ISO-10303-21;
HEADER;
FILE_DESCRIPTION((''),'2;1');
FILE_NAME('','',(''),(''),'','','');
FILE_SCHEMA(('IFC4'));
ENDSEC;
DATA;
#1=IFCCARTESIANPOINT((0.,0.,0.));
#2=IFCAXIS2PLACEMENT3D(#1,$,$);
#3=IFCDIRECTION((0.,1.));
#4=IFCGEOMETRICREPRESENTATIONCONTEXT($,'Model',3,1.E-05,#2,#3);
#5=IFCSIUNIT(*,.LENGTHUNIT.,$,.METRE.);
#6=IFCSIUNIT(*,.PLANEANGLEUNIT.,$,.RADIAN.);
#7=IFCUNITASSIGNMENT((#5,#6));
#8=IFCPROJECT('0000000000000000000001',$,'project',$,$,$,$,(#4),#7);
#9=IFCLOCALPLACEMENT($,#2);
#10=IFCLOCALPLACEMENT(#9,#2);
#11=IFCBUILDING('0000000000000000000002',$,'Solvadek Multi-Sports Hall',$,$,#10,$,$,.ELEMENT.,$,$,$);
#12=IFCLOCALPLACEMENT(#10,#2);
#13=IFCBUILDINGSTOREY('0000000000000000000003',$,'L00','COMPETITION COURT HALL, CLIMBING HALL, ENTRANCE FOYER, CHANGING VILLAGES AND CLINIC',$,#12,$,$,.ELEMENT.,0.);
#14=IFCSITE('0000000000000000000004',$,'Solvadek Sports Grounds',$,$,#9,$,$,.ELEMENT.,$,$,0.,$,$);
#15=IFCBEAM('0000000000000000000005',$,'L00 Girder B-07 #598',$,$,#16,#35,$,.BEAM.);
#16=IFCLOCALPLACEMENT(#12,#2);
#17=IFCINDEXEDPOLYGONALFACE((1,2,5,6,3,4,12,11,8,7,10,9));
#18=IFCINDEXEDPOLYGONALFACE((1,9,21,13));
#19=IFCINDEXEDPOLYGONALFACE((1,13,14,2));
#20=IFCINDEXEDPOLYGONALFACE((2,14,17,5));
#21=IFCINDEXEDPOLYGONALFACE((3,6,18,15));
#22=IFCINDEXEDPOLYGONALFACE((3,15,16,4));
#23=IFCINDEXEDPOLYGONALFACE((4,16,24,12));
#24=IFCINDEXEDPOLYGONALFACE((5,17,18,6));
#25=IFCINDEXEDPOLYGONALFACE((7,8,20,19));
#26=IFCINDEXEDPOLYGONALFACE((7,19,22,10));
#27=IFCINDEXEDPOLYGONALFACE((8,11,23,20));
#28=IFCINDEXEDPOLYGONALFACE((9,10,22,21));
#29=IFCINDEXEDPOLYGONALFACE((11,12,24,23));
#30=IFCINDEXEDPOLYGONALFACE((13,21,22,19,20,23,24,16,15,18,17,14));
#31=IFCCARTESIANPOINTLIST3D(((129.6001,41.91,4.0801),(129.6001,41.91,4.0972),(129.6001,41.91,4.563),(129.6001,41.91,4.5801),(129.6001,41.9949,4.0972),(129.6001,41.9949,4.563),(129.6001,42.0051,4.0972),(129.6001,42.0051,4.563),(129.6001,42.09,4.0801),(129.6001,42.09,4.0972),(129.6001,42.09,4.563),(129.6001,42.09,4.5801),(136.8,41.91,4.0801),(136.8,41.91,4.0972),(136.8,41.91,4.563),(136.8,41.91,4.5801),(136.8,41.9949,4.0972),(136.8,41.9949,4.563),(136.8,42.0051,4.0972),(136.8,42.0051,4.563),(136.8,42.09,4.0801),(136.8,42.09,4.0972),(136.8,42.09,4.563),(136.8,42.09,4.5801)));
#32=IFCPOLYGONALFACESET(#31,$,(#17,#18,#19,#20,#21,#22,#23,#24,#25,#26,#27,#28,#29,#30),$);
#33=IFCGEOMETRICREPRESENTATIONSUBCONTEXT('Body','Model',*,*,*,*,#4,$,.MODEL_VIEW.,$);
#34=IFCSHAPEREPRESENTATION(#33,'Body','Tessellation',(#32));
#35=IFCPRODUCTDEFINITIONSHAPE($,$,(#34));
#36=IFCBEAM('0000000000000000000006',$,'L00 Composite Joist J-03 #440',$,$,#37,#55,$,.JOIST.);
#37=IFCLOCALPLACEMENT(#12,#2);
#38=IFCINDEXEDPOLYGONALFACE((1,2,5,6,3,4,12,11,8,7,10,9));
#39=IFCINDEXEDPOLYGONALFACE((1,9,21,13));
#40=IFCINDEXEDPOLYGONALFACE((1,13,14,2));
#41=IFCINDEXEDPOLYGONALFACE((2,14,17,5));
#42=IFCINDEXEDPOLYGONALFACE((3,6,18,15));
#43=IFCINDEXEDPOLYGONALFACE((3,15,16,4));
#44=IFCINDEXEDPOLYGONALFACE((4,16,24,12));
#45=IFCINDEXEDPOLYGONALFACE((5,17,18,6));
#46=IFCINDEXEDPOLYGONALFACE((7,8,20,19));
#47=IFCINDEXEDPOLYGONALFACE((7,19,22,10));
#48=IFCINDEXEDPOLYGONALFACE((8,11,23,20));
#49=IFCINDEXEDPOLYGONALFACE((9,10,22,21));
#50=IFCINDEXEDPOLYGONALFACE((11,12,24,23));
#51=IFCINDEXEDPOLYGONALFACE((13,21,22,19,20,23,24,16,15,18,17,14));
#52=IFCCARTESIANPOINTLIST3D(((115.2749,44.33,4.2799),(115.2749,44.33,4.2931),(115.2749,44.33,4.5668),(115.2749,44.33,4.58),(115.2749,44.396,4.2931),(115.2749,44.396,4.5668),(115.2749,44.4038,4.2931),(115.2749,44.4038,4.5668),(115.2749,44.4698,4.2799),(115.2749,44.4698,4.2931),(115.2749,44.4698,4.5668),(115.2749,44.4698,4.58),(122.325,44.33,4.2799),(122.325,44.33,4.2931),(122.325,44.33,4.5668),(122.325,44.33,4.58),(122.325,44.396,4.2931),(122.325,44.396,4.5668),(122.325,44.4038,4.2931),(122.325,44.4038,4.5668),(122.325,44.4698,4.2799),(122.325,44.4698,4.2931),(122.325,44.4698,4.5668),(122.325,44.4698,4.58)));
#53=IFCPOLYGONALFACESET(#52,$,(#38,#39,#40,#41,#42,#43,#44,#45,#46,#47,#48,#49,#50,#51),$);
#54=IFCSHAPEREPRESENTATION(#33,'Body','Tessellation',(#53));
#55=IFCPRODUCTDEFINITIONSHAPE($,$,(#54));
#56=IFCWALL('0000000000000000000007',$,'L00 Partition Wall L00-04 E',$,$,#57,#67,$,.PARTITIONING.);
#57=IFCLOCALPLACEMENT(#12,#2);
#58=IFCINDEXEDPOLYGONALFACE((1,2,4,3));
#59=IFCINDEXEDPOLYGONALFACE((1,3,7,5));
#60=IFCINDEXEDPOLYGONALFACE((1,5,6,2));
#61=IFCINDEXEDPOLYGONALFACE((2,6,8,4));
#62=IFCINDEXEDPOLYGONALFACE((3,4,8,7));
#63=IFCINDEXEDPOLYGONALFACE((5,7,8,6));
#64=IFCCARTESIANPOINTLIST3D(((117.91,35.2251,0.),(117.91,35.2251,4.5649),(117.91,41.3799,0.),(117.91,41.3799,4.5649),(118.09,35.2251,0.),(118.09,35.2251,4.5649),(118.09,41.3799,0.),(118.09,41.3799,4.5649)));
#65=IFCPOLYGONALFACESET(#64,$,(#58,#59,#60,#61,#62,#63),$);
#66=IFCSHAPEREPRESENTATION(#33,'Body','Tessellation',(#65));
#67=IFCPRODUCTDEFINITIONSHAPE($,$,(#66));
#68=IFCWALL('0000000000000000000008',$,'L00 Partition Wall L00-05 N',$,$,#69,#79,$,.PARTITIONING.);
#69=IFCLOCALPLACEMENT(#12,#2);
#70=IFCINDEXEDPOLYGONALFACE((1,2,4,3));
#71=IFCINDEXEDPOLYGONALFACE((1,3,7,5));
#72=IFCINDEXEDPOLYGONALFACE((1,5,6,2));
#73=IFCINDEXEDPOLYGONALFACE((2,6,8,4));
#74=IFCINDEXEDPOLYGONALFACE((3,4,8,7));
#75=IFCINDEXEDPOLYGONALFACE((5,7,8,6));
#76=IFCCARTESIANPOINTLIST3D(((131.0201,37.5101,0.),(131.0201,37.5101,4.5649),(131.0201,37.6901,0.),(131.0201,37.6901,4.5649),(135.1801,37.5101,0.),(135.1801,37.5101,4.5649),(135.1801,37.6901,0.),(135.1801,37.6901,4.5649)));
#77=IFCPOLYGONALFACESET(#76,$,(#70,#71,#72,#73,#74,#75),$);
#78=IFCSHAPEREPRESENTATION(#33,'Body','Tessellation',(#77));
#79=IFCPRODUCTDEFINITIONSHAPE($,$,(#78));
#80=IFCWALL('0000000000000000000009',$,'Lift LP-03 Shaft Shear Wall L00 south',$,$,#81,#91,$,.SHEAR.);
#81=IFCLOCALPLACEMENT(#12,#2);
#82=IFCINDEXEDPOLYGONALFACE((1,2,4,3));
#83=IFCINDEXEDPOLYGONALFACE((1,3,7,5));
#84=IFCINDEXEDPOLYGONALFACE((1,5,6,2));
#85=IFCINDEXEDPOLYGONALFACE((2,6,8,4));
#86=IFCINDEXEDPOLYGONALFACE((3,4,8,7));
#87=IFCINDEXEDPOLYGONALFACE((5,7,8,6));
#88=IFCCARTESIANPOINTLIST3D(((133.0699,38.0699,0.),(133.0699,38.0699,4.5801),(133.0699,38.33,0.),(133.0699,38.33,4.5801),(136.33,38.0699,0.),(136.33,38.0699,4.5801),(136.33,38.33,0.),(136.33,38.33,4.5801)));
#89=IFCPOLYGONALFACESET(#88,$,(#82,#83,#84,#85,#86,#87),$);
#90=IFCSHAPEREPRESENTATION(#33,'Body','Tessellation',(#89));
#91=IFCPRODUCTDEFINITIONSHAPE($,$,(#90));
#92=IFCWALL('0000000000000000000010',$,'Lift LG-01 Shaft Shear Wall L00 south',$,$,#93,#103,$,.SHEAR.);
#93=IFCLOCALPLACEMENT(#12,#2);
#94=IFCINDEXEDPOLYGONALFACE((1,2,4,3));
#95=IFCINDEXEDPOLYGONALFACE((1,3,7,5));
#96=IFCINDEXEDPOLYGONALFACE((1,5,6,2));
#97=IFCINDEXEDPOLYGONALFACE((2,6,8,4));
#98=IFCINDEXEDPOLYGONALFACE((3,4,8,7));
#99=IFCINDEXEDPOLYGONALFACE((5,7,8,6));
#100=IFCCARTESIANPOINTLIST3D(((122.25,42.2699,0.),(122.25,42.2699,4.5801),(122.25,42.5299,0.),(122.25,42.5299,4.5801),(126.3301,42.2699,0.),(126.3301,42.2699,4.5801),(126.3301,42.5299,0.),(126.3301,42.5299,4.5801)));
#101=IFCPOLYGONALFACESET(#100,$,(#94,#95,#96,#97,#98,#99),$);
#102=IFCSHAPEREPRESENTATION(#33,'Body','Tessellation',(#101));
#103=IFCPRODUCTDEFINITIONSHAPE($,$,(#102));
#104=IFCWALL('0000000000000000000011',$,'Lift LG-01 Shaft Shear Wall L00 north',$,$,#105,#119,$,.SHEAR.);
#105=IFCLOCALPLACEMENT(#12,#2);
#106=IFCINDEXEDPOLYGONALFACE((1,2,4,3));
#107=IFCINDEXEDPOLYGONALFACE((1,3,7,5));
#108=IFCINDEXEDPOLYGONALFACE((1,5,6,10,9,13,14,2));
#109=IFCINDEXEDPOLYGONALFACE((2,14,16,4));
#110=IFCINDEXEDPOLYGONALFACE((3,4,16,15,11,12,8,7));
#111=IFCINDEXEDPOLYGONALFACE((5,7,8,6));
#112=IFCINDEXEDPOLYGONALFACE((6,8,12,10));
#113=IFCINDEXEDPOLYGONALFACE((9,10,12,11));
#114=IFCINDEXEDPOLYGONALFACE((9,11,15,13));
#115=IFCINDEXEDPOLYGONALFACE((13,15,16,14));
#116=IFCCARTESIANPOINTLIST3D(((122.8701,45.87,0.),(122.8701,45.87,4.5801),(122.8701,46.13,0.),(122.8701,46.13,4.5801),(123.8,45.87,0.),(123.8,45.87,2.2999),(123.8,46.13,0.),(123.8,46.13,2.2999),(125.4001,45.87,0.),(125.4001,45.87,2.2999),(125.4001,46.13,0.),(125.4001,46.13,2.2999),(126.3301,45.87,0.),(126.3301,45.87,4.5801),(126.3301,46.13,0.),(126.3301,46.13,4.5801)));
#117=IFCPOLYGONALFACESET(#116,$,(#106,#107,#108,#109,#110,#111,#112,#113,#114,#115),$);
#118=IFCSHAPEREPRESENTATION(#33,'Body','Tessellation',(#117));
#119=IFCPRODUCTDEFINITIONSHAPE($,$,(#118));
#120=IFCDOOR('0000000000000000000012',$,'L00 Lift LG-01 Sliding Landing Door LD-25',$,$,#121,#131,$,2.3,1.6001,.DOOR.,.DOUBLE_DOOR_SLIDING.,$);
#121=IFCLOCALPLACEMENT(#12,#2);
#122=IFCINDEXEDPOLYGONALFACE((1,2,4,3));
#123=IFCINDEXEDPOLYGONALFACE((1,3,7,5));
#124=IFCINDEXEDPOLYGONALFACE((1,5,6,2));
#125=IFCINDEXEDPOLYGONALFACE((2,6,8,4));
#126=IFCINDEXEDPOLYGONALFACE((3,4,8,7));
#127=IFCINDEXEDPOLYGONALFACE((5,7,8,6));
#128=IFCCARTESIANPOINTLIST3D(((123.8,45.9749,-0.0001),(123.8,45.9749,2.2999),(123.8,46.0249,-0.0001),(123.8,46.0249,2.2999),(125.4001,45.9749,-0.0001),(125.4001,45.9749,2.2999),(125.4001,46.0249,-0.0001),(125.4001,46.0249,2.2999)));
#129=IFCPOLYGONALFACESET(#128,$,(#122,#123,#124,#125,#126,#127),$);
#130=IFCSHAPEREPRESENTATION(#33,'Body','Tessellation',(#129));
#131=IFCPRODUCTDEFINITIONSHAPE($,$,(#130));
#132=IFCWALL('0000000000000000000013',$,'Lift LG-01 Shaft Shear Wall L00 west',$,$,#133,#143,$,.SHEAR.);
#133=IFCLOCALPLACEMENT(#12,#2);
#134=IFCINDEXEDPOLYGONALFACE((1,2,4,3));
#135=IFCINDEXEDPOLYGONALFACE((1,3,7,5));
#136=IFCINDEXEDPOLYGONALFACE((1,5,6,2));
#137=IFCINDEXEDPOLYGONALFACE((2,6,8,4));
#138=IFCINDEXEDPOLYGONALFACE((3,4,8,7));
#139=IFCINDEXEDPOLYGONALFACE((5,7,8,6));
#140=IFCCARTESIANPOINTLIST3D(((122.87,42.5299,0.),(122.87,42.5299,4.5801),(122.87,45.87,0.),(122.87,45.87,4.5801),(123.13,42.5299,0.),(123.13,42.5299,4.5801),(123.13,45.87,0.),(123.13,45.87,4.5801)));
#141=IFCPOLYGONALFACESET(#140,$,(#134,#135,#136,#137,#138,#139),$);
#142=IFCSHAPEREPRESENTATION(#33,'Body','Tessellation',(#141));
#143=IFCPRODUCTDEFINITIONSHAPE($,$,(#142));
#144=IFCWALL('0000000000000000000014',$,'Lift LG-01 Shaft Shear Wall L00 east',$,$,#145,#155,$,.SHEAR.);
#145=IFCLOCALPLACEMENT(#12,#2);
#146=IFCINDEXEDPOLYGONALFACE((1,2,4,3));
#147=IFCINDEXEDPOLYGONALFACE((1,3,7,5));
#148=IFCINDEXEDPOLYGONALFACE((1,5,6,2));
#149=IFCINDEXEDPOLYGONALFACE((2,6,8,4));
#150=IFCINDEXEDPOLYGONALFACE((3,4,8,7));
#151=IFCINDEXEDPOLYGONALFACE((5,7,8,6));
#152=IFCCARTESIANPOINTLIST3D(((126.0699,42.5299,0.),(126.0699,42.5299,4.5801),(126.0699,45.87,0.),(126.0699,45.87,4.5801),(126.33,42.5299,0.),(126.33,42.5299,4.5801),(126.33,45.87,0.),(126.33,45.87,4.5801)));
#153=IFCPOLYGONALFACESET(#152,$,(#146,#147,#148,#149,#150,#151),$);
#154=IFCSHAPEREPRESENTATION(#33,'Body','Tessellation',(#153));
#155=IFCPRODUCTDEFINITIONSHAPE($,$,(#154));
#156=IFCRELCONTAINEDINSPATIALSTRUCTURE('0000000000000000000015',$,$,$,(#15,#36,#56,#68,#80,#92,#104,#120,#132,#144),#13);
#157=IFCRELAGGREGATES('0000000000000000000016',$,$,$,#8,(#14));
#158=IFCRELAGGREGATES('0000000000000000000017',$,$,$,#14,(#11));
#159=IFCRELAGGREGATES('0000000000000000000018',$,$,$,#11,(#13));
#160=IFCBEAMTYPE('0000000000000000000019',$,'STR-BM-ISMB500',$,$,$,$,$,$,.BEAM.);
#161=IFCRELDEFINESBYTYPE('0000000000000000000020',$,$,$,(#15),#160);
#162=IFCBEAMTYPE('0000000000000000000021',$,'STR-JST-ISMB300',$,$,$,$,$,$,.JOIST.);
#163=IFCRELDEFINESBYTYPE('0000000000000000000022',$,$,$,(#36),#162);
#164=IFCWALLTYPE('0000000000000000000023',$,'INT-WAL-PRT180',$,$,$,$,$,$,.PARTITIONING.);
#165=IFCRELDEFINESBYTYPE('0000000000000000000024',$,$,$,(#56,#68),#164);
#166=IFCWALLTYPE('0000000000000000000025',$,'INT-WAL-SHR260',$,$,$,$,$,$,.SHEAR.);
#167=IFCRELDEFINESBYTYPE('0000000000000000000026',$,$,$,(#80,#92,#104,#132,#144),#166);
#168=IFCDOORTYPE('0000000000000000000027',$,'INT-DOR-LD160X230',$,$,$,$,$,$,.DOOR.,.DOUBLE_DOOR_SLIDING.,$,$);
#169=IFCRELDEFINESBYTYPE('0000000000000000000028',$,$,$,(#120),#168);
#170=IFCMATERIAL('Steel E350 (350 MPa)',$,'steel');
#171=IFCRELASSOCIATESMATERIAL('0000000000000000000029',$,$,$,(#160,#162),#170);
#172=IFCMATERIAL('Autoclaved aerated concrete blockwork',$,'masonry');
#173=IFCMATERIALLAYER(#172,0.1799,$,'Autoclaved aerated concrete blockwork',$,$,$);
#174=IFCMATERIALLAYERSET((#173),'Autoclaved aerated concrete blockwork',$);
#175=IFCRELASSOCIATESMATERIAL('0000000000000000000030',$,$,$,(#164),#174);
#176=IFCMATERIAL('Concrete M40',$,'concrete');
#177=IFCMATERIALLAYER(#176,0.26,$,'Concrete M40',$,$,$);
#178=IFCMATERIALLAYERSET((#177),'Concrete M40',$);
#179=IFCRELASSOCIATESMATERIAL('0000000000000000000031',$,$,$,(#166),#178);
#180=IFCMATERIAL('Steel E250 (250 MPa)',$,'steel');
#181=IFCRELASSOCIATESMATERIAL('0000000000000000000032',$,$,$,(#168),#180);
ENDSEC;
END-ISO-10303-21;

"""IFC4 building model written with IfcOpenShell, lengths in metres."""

from ifc_helpers import new_model, si_unit, direction, frame, frame_2d, origin, origin_2d, place, context, subcontext, project, spatial, rectangle, i_section, extrude, material, layer, layer_set, material_profile, profile_set, type_object, element, fill, save


model = new_model("IFC4")

# Units and contexts
model_context = context("Model", 3, precision=1e-05, world=origin(), true_north=direction((0.0, 1.0)))
body_context = subcontext(model_context, "Body", "Model", "MODEL_VIEW")
ifc_project = project(units=[si_unit("LENGTHUNIT", "METRE"), si_unit("PLANEANGLEUNIT", "RADIAN")], contexts=[model_context])

# Site, building, storey
site_placement = place(None, origin())
site = spatial("IfcSite", under=ifc_project, at=site_placement, Name="Solvadek Sports Grounds", CompositionType="ELEMENT", RefElevation=0.0)
building_placement = place(site_placement, origin())
building = spatial("IfcBuilding", under=site, at=building_placement, Name="Solvadek Multi-Sports Hall", CompositionType="ELEMENT")
storey_placement = place(building_placement, origin())
storey = spatial("IfcBuildingStorey", under=building, at=storey_placement, Name="L00", Description="COMPETITION COURT HALL, CLIMBING HALL, ENTRANCE FOYER, CHANGING VILLAGES AND CLINIC", CompositionType="ELEMENT", Elevation=0.0)

# Shared definitions
ifc_material_1 = material(Name="Steel E350 (350 MPa)", Category="steel")

# Beams
ifc_material_profile_1 = material_profile(ifc_material_1, i_section(OverallWidth=0.1799, OverallDepth=0.5, WebThickness=0.0103, FlangeThickness=0.0171, at=origin_2d()), Name="ISMB 500")
ifc_profile_set_1 = profile_set([ifc_material_profile_1], Name="Steel E350 (350 MPa)")
beam_type_1 = type_object("IfcBeamType", Name="STR-BM-ISMB500", PredefinedType="BEAM", material=ifc_profile_set_1)
for number, where, z_axis, x_axis, name in (
    (1, (129.6001, 42.0, 4.3301), (1.0, 0.0, 0.0), (0.0, 1.0, 0.0), "L00 Girder B-07 #598"),
):
    element("IfcBeam", number, at=place(storey_placement, frame(where, z_axis=z_axis, x_axis=x_axis)), inside=storey, type_object=beam_type_1, Name=name, PredefinedType="BEAM", context=body_context, shape_type="SweptSolid", body=[
        extrude(i_section(OverallWidth=0.1799, OverallDepth=0.5, WebThickness=0.0103, FlangeThickness=0.0171, at=origin_2d()), origin(), (0.0, 0.0, 1.0), 7.2),
    ])
ifc_material_profile_2 = material_profile(ifc_material_1, i_section(OverallWidth=0.1399, OverallDepth=0.3, WebThickness=0.0078, FlangeThickness=0.0132, at=origin_2d()), Name="ISMB 300")
ifc_profile_set_2 = profile_set([ifc_material_profile_2], Name="Steel E350 (350 MPa)")
beam_type_2 = type_object("IfcBeamType", Name="STR-JST-ISMB300", PredefinedType="JOIST", material=ifc_profile_set_2)
beam_placement = place(storey_placement, frame((115.2749, 44.3999, 4.4299), z_axis=(1.0, 0.0, 0.0), x_axis=(0.0, 1.0, 0.0)))
element("IfcBeam", 2, at=beam_placement, inside=storey, type_object=beam_type_2, Name="L00 Composite Joist J-03 #440", PredefinedType="JOIST", context=body_context, shape_type="SweptSolid", body=[
    extrude(i_section(OverallWidth=0.1399, OverallDepth=0.3, WebThickness=0.0078, FlangeThickness=0.0132, at=origin_2d()), origin(), (0.0, 0.0, 1.0), 7.05),
])

# Walls
ifc_material_2 = material(Name="Autoclaved aerated concrete blockwork", Category="masonry")
ifc_layer_1 = layer(ifc_material_2, 0.1799, Name="Autoclaved aerated concrete blockwork")
ifc_layer_set_1 = layer_set([ifc_layer_1], Name="Autoclaved aerated concrete blockwork")
wall_type_1 = type_object("IfcWallType", Name="INT-WAL-PRT180", PredefinedType="PARTITIONING", material=ifc_layer_set_1)
wall_1_placement = place(storey_placement, frame((118.0, 35.2251, 0.0), z_axis=(0.0, 0.0, 1.0), x_axis=(0.0, 1.0, 0.0)))
element("IfcWall", 3, at=wall_1_placement, inside=storey, type_object=wall_type_1, Name="L00 Partition Wall L00-04 E", PredefinedType="PARTITIONING", context=body_context, shape_type="SweptSolid", body=[
    extrude(rectangle(XDim=6.1548, YDim=0.1799, at=frame_2d((3.0774, 0.0))), origin(), (0.0, 0.0, 1.0), 4.5649),
])
wall_2_placement = place(storey_placement, frame((131.02, 37.6001, 0.0), z_axis=(0.0, 0.0, 1.0), x_axis=(1.0, 0.0, 0.0)))
element("IfcWall", 4, at=wall_2_placement, inside=storey, type_object=wall_type_1, Name="L00 Partition Wall L00-05 N", PredefinedType="PARTITIONING", context=body_context, shape_type="SweptSolid", body=[
    extrude(rectangle(XDim=4.1599, YDim=0.1799, at=frame_2d((2.0801, 0.0))), origin(), (0.0, 0.0, 1.0), 4.5649),
])
ifc_material_3 = material(Name="Concrete M40", Category="concrete")
ifc_layer_2 = layer(ifc_material_3, 0.26, Name="Concrete M40")
ifc_layer_set_2 = layer_set([ifc_layer_2], Name="Concrete M40")
wall_type_2 = type_object("IfcWallType", Name="INT-WAL-SHR260", PredefinedType="SHEAR", material=ifc_layer_set_2)
wall_3_placement = place(storey_placement, frame((133.0701, 38.2, 0.0), z_axis=(0.0, 0.0, 1.0), x_axis=(1.0, 0.0, 0.0)))
element("IfcWall", 5, at=wall_3_placement, inside=storey, type_object=wall_type_2, Name="Lift LP-03 Shaft Shear Wall L00 south", PredefinedType="SHEAR", context=body_context, shape_type="SweptSolid", body=[
    extrude(rectangle(XDim=3.26, YDim=0.26, at=frame_2d((1.6299, 0.0))), origin(), (0.0, 0.0, 1.0), 4.5801),
])
wall_4_placement = place(storey_placement, frame((122.25, 42.3999, 0.0), z_axis=(0.0, 0.0, 1.0), x_axis=(1.0, 0.0, 0.0)))
element("IfcWall", 6, at=wall_4_placement, inside=storey, type_object=wall_type_2, Name="Lift LG-01 Shaft Shear Wall L00 south", PredefinedType="SHEAR", context=body_context, shape_type="SweptSolid", body=[
    extrude(rectangle(XDim=4.0801, YDim=0.26, at=frame_2d((2.04, 0.0))), origin(), (0.0, 0.0, 1.0), 4.5801),
])

# Wall, opening, door
wall_5_placement = place(storey_placement, frame((122.8701, 46.0, 0.0), z_axis=(0.0, 0.0, 1.0), x_axis=(1.0, 0.0, 0.0)))
wall_5 = element("IfcWall", 7, at=wall_5_placement, inside=storey, type_object=wall_type_2, Name="Lift LG-01 Shaft Shear Wall L00 north", PredefinedType="SHEAR", context=body_context, shape_type="SweptSolid", body=[
    extrude(rectangle(XDim=3.46, YDim=0.26, at=frame_2d((1.73, 0.0))), origin(), (0.0, 0.0, 1.0), 4.5801),
])
opening_placement = place(wall_5_placement, frame((0.9299, 0.0, 0.0)))
opening = element("IfcOpeningElement", 8, at=opening_placement, cuts=wall_5, PredefinedType="OPENING", context=body_context, shape_type="SweptSolid", body=[
    extrude(rectangle(XDim=1.6001, YDim=2.3, at=frame_2d((0.8, 1.1499))), frame((0.0, 0.1399, 0.0), z_axis=(0.0, -1.0, 0.0), x_axis=(1.0, 0.0, 0.0)), (0.0, 0.0, 1.0), 0.28),
])
ifc_material_4 = material(Name="Steel E250 (250 MPa)", Category="steel")
door_type = type_object("IfcDoorType", Name="INT-DOR-LD160X230", OperationType="DOUBLE_DOOR_SLIDING", PredefinedType="DOOR", material=ifc_material_4)
door_placement = place(opening_placement, origin())
door = element("IfcDoor", 9, at=door_placement, inside=storey, type_object=door_type, Name="L00 Lift LG-01 Sliding Landing Door LD-25", OperationType="DOUBLE_DOOR_SLIDING", OverallHeight=2.3, OverallWidth=1.6001, PredefinedType="DOOR", context=body_context, shape_type="SweptSolid", body=[
    extrude(rectangle(XDim=1.6001, YDim=2.3, at=frame_2d((0.8, 1.1499))), frame((0.0, 0.0249, 0.0), z_axis=(0.0, -1.0, 0.0), x_axis=(1.0, 0.0, 0.0)), (0.0, 0.0, 1.0), 0.05),
])
fill(opening, door)

# Walls
for number, where, z_axis, x_axis, name in (
    (10, (123.0, 42.53, 0.0), (0.0, 0.0, 1.0), (0.0, 1.0, 0.0), "Lift LG-01 Shaft Shear Wall L00 west"),
    (11, (126.2, 42.53, 0.0), (0.0, 0.0, 1.0), (0.0, 1.0, 0.0), "Lift LG-01 Shaft Shear Wall L00 east"),
):
    element("IfcWall", number, at=place(storey_placement, frame(where, z_axis=z_axis, x_axis=x_axis)), inside=storey, type_object=wall_type_2, Name=name, PredefinedType="SHEAR", context=body_context, shape_type="SweptSolid", body=[
        extrude(rectangle(XDim=3.3401, YDim=0.26, at=frame_2d((1.6699, 0.0))), origin(), (0.0, 0.0, 1.0), 4.5801),
    ])

save(model, "model.ifc")
